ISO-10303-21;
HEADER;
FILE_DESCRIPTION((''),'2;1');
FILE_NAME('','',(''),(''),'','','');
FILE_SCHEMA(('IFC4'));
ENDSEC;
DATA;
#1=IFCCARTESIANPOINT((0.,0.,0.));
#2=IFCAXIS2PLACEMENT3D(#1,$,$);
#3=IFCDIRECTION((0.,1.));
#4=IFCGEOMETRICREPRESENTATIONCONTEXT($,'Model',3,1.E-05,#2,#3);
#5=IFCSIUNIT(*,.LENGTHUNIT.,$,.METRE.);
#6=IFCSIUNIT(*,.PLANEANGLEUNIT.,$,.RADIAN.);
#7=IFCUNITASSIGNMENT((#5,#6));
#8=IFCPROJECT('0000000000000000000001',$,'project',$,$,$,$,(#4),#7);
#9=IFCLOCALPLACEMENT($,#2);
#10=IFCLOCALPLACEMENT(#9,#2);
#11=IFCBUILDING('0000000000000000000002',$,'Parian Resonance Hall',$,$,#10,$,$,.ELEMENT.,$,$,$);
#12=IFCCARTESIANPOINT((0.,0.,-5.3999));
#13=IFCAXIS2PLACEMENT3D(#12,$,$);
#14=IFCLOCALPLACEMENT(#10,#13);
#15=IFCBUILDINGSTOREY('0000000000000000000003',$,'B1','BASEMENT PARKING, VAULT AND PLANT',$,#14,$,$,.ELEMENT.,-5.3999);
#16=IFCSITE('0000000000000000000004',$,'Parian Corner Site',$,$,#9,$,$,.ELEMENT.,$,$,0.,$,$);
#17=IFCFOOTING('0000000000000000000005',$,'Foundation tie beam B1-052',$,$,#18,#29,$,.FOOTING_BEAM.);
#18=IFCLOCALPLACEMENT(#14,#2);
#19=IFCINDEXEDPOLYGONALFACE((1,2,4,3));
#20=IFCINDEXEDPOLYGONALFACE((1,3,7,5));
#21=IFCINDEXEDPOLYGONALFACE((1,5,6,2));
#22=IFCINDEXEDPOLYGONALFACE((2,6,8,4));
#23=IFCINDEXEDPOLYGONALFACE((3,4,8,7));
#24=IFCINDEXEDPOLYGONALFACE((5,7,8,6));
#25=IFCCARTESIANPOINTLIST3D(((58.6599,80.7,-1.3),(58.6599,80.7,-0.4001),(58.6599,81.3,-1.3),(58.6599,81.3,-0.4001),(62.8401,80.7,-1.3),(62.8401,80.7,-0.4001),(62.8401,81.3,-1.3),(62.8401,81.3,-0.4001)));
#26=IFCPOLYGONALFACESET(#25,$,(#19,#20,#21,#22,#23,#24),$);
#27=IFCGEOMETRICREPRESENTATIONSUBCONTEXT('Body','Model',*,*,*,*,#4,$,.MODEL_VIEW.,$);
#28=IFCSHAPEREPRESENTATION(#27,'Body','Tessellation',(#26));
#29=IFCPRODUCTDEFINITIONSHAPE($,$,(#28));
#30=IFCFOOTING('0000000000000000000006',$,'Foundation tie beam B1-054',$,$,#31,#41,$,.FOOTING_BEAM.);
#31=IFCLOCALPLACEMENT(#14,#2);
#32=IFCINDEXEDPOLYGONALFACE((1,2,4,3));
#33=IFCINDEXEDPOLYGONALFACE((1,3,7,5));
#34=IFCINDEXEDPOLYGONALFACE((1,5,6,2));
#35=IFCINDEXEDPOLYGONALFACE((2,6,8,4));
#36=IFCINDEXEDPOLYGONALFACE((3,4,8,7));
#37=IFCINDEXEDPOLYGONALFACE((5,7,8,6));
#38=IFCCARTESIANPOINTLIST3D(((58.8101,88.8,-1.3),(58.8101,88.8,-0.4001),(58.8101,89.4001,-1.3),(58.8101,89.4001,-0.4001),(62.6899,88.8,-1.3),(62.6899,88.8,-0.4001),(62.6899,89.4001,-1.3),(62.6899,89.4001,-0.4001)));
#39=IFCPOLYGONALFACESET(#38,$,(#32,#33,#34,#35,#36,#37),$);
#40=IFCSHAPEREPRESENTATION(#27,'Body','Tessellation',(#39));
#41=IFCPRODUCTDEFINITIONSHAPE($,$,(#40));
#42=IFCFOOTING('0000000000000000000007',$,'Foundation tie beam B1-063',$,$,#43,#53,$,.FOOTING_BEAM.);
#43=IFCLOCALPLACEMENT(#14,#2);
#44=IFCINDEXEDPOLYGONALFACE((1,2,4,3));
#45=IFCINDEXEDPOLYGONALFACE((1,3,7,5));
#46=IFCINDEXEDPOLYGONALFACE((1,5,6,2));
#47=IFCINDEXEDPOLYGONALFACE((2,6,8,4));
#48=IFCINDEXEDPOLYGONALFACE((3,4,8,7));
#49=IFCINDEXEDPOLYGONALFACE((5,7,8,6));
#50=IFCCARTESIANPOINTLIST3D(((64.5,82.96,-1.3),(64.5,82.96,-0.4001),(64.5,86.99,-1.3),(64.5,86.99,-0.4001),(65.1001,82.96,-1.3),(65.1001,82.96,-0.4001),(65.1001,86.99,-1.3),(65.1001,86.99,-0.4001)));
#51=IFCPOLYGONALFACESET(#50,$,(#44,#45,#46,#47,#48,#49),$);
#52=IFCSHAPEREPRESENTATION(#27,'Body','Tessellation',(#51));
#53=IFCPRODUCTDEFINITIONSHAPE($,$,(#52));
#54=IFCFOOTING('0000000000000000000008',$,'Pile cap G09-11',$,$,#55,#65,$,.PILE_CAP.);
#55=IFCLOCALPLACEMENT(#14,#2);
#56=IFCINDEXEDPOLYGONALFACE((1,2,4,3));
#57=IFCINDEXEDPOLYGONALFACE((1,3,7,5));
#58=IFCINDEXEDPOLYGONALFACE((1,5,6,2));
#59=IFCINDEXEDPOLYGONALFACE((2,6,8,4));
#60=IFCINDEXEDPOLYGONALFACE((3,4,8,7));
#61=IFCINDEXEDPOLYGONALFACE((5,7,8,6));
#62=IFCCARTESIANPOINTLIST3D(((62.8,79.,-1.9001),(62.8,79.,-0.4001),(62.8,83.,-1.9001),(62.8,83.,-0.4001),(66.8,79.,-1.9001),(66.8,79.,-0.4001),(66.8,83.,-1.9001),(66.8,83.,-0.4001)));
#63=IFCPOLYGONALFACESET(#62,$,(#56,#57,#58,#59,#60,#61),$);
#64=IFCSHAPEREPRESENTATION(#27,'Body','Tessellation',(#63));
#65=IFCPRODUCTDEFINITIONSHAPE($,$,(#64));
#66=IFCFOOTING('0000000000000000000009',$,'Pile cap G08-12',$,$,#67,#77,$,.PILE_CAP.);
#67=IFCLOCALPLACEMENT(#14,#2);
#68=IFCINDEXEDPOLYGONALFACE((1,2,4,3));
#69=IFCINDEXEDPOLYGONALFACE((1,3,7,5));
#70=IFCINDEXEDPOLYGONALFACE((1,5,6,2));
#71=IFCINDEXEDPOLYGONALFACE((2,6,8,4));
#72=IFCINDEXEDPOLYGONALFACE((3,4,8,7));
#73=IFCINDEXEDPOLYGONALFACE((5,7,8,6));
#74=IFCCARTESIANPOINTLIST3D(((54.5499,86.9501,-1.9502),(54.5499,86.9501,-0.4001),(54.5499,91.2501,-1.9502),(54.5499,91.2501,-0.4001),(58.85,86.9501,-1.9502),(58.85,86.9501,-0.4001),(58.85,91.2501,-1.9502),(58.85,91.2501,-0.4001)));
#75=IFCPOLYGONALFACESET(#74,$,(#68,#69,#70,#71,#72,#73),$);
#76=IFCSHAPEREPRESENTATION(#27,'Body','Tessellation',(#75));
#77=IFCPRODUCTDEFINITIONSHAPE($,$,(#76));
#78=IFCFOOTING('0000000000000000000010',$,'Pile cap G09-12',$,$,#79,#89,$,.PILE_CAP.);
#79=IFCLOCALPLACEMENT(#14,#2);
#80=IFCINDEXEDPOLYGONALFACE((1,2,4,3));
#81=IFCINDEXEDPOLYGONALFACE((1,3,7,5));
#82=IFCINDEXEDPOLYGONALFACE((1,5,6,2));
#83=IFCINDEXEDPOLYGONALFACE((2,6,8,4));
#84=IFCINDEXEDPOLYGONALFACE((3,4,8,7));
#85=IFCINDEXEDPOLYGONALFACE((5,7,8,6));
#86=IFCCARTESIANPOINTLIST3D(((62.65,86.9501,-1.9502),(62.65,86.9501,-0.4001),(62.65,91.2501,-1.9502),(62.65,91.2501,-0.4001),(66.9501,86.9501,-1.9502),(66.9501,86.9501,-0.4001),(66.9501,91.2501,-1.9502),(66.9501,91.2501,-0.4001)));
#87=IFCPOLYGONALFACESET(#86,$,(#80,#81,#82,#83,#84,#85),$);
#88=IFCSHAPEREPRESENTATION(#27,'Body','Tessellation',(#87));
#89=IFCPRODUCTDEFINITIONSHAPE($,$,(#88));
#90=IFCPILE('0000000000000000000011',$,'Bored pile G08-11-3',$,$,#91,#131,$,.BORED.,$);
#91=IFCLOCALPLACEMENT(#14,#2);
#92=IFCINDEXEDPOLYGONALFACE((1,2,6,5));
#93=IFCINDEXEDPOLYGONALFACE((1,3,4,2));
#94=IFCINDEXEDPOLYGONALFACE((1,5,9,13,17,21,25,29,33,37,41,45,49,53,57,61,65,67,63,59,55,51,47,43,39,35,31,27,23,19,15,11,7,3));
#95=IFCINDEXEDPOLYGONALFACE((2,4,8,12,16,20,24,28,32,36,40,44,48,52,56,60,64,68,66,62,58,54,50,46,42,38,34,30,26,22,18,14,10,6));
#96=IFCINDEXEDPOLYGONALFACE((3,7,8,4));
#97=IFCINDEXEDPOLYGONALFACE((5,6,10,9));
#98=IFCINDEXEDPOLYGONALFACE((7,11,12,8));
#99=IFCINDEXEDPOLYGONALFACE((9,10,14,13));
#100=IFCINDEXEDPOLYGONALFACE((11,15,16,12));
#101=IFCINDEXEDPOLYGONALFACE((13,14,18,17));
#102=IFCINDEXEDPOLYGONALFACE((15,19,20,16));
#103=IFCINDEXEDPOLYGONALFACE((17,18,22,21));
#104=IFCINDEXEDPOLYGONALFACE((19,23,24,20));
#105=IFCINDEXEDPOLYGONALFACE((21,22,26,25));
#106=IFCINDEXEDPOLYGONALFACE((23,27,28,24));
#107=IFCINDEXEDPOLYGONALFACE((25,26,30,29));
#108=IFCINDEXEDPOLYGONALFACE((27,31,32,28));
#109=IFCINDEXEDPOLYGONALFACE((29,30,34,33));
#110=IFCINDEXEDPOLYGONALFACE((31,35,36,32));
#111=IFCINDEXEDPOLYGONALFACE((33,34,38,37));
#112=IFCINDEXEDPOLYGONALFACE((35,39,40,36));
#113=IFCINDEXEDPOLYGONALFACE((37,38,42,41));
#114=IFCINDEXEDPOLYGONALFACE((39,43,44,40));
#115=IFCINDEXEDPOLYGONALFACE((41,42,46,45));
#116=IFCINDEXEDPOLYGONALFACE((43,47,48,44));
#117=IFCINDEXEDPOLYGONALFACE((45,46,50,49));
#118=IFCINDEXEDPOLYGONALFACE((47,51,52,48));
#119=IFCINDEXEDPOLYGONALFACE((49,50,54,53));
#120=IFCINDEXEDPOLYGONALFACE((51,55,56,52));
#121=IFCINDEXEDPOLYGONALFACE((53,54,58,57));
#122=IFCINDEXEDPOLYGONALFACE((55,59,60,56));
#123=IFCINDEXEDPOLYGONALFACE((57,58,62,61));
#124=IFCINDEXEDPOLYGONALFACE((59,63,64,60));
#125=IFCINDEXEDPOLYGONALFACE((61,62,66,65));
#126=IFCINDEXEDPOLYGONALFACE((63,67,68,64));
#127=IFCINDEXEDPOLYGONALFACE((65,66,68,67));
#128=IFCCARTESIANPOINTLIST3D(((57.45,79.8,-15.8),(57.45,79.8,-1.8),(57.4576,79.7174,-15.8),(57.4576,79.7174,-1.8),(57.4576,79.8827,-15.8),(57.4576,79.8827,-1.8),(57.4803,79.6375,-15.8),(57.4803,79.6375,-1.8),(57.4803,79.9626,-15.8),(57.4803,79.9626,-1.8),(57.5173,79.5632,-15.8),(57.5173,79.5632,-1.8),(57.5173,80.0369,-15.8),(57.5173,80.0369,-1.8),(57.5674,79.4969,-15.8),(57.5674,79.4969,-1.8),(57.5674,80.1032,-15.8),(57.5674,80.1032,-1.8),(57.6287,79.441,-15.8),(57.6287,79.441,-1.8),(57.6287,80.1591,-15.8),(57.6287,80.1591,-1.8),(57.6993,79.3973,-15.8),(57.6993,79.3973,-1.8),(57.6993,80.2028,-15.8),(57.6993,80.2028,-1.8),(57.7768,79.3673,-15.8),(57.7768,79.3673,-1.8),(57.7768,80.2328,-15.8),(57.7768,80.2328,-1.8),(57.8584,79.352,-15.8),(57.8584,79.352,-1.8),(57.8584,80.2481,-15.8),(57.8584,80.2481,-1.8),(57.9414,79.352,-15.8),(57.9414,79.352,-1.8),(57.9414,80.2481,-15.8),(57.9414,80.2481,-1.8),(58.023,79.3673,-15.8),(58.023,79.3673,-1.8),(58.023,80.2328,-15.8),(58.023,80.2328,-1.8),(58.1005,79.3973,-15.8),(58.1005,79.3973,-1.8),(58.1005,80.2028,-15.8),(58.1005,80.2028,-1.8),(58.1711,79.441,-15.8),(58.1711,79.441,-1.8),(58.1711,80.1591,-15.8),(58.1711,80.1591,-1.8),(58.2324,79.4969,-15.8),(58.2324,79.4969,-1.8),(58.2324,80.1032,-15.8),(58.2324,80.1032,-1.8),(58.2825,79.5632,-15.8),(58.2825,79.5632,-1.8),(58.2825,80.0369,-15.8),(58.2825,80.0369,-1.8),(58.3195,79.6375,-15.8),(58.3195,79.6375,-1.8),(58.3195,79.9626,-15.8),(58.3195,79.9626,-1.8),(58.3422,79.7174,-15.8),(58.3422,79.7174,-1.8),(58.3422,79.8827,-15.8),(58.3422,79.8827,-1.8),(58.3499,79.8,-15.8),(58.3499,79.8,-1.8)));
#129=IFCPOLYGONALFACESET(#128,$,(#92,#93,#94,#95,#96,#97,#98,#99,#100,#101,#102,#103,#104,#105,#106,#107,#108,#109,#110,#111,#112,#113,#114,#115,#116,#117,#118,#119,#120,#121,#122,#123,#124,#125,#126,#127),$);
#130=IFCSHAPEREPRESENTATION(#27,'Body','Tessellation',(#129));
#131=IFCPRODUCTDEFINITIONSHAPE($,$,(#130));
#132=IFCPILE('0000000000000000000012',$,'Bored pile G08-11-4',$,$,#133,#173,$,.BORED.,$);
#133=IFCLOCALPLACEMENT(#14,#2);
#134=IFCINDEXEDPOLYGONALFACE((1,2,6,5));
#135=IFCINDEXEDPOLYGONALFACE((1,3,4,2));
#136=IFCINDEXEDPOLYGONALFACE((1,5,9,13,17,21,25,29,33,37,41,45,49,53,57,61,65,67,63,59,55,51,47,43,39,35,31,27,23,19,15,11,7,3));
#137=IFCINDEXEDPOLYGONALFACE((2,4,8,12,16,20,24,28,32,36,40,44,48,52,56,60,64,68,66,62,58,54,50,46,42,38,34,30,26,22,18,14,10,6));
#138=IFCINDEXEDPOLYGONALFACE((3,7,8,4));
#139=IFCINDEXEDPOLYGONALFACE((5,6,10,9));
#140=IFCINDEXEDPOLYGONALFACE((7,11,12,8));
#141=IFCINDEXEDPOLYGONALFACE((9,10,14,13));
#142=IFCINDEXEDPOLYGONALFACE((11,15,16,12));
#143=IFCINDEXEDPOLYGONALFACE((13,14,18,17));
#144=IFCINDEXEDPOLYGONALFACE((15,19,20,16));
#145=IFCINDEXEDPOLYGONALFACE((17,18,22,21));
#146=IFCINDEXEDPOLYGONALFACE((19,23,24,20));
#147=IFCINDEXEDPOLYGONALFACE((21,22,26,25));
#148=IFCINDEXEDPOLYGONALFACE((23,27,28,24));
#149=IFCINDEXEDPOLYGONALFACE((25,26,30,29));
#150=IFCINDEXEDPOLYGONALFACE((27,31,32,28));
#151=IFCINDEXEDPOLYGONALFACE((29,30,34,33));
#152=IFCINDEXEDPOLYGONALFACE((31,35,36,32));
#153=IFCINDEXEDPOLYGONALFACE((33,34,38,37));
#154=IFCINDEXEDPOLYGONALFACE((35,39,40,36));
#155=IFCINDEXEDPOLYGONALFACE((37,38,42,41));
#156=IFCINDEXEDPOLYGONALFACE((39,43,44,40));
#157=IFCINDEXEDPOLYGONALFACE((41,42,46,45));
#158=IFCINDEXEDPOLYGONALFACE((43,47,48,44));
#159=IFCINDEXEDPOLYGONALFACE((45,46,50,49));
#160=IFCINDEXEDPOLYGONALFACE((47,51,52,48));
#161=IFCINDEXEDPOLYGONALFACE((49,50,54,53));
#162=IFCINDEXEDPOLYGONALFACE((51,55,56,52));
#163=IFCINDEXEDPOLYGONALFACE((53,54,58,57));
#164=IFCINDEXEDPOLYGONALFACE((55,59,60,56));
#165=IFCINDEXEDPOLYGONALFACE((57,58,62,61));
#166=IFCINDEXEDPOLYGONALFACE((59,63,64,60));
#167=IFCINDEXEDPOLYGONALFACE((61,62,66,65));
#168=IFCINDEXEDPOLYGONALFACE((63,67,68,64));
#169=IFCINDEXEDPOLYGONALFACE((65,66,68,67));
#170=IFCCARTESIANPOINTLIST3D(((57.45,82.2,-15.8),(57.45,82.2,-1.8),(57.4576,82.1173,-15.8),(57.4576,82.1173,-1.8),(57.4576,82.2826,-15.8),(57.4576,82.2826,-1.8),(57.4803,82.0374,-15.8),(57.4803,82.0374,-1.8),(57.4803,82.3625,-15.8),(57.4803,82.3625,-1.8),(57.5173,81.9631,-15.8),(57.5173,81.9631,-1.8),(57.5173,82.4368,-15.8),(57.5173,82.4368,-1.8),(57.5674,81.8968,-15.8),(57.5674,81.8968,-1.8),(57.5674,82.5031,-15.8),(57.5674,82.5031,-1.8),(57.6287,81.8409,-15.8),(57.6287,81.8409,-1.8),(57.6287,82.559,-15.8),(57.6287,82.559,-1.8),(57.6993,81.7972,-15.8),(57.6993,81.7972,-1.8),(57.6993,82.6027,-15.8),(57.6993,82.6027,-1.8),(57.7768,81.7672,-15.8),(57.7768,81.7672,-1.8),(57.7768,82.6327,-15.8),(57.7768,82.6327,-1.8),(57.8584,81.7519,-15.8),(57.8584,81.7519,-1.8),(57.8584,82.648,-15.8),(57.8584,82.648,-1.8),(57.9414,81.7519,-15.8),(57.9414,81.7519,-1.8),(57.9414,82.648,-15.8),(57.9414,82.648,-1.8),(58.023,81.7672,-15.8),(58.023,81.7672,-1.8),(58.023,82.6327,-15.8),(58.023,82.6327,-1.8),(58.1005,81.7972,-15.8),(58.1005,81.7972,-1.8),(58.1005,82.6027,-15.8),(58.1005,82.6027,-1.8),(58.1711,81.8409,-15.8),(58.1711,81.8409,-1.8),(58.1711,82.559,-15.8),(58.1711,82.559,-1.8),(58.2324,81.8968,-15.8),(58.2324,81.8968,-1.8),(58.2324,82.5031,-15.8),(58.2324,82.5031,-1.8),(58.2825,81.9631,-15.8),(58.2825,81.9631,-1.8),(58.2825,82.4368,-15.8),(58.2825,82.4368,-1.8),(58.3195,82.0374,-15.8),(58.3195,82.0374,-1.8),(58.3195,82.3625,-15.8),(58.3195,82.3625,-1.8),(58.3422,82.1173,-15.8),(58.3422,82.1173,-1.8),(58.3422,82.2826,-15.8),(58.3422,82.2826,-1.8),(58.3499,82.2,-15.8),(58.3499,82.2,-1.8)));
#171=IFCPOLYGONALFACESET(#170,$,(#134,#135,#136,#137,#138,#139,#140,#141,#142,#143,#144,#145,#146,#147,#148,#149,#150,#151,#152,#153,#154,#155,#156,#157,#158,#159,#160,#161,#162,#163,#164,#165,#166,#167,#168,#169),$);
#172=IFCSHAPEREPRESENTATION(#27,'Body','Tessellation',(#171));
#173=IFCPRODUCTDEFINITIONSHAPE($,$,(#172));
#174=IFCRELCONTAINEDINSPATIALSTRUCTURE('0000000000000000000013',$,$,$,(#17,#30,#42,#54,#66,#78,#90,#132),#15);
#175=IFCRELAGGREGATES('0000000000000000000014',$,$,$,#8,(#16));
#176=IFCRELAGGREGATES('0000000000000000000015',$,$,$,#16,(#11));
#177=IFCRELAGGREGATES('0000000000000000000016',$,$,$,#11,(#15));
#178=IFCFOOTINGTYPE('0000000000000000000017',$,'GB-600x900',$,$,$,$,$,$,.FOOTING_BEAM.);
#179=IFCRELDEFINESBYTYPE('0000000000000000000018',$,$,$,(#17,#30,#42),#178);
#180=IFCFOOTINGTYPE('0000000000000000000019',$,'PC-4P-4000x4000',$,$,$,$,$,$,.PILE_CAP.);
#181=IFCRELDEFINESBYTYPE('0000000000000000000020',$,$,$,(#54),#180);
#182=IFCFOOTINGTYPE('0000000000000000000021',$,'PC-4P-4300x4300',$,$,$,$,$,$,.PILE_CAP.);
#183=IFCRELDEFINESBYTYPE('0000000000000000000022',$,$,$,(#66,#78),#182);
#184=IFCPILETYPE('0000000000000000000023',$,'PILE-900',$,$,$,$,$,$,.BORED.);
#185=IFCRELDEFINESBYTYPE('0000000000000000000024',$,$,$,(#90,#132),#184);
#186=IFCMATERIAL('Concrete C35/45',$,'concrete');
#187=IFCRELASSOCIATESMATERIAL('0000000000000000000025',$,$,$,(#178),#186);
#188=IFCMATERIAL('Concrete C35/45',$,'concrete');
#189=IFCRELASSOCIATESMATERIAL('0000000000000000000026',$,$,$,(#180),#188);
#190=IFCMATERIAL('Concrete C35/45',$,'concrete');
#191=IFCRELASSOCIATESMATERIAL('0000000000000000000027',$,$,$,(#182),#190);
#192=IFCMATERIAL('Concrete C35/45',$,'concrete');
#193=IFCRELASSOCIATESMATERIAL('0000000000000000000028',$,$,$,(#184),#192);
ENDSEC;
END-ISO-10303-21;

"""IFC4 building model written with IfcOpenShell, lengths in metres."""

from ifc_helpers import new_model, si_unit, direction, frame, origin, origin_2d, place, context, subcontext, project, spatial, rectangle, circle, extrude, material, material_profile, profile_set, type_object, element, save


model = new_model("IFC4")

# Units and contexts
model_context = context("Model", 3, precision=1e-05, world=origin(), true_north=direction((0.0, 1.0)))
body_context = subcontext(model_context, "Body", "Model", "MODEL_VIEW")
ifc_project = project(units=[si_unit("LENGTHUNIT", "METRE"), si_unit("PLANEANGLEUNIT", "RADIAN")], contexts=[model_context])

# Site, building, storey
site_placement = place(None, origin())
site = spatial("IfcSite", under=ifc_project, at=site_placement, Name="Parian Corner Site", CompositionType="ELEMENT", RefElevation=0.0)
building_placement = place(site_placement, origin())
building = spatial("IfcBuilding", under=site, at=building_placement, Name="Parian Resonance Hall", CompositionType="ELEMENT")
storey_placement = place(building_placement, frame((0.0, 0.0, -5.3999)))
storey = spatial("IfcBuildingStorey", under=building, at=storey_placement, Name="B1", Description="BASEMENT PARKING, VAULT AND PLANT", CompositionType="ELEMENT", Elevation=-5.3999)

# Footings
ifc_material_1 = material(Name="Concrete C35/45", Category="concrete")
ifc_material_profile_1 = material_profile(ifc_material_1, rectangle(XDim=0.6001, YDim=0.8999, at=origin_2d()), Name="RC-GB-600x900")
ifc_profile_set_1 = profile_set([ifc_material_profile_1], Name="Concrete C35/45")
footing_type_1 = type_object("IfcFootingType", Name="GB-600x900", PredefinedType="FOOTING_BEAM", material=ifc_profile_set_1)
footing_1_placement = place(storey_placement, frame((58.6599, 81.0, -0.8501), z_axis=(1.0, 0.0, 0.0), x_axis=(0.0, 1.0, 0.0)))
element("IfcFooting", 1, at=footing_1_placement, inside=storey, type_object=footing_type_1, Name="Foundation tie beam B1-052", PredefinedType="FOOTING_BEAM", context=body_context, shape_type="SweptSolid", body=[
    extrude(rectangle(XDim=0.6001, YDim=0.8999, at=origin_2d()), origin(), (0.0, 0.0, 1.0), 4.1802),
])
footing_2_placement = place(storey_placement, frame((58.8101, 89.1001, -0.8501), z_axis=(1.0, 0.0, 0.0), x_axis=(0.0, 1.0, 0.0)))
element("IfcFooting", 2, at=footing_2_placement, inside=storey, type_object=footing_type_1, Name="Foundation tie beam B1-054", PredefinedType="FOOTING_BEAM", context=body_context, shape_type="SweptSolid", body=[
    extrude(rectangle(XDim=0.6001, YDim=0.8999, at=origin_2d()), origin(), (0.0, 0.0, 1.0), 3.8799),
])
footing_3_placement = place(storey_placement, frame((64.8, 82.96, -0.8501), z_axis=(0.0, 1.0, 0.0), x_axis=(-1.0, 0.0, 0.0)))
element("IfcFooting", 3, at=footing_3_placement, inside=storey, type_object=footing_type_1, Name="Foundation tie beam B1-063", PredefinedType="FOOTING_BEAM", context=body_context, shape_type="SweptSolid", body=[
    extrude(rectangle(XDim=0.6001, YDim=0.8999, at=origin_2d()), origin(), (0.0, 0.0, 1.0), 4.03),
])
ifc_material_2 = material(Name="Concrete C35/45", Category="concrete")
footing_type_2 = type_object("IfcFootingType", Name="PC-4P-4000x4000", PredefinedType="PILE_CAP", material=ifc_material_2)
footing_4_placement = place(storey_placement, frame((64.8, 81.0, -1.9001), z_axis=(0.0, 0.0, 1.0), x_axis=(1.0, 0.0, 0.0)))
element("IfcFooting", 4, at=footing_4_placement, inside=storey, type_object=footing_type_2, Name="Pile cap G09-11", PredefinedType="PILE_CAP", context=body_context, shape_type="SweptSolid", body=[
    extrude(rectangle(XDim=4.0, YDim=4.0, at=origin_2d()), origin(), (0.0, 0.0, 1.0), 1.5),
])
ifc_material_3 = material(Name="Concrete C35/45", Category="concrete")
footing_type_3 = type_object("IfcFootingType", Name="PC-4P-4300x4300", PredefinedType="PILE_CAP", material=ifc_material_3)
for number, where, z_axis, x_axis, name in (
    (5, (56.7, 89.1001, -1.9502), (0.0, 0.0, 1.0), (1.0, 0.0, 0.0), "Pile cap G08-12"),
    (6, (64.8, 89.1001, -1.9502), (0.0, 0.0, 1.0), (1.0, 0.0, 0.0), "Pile cap G09-12"),
):
    element("IfcFooting", number, at=place(storey_placement, frame(where, z_axis=z_axis, x_axis=x_axis)), inside=storey, type_object=footing_type_3, Name=name, PredefinedType="PILE_CAP", context=body_context, shape_type="SweptSolid", body=[
        extrude(rectangle(XDim=4.3, YDim=4.3, at=origin_2d()), origin(), (0.0, 0.0, 1.0), 1.55),
    ])

# Piles
ifc_material_4 = material(Name="Concrete C35/45", Category="concrete")
ifc_material_profile_2 = material_profile(ifc_material_4, circle(Radius=0.45, at=origin_2d()), Name="PILE-D900")
ifc_profile_set_2 = profile_set([ifc_material_profile_2], Name="Concrete C35/45")
pile_type = type_object("IfcPileType", Name="PILE-900", PredefinedType="BORED", material=ifc_profile_set_2)
for number, where, z_axis, x_axis, name in (
    (7, (57.8999, 79.8, -1.8), (0.0, 0.0, -1.0), (1.0, 0.0, 0.0), "Bored pile G08-11-3"),
    (8, (57.8999, 82.2, -1.8), (0.0, 0.0, -1.0), (1.0, 0.0, 0.0), "Bored pile G08-11-4"),
):
    element("IfcPile", number, at=place(storey_placement, frame(where, z_axis=z_axis, x_axis=x_axis)), inside=storey, type_object=pile_type, Name=name, PredefinedType="BORED", context=body_context, shape_type="SweptSolid", body=[
        extrude(circle(Radius=0.45, at=origin_2d()), origin(), (0.0, 0.0, 1.0), 14.0),
    ])

save(model, "model.ifc")
